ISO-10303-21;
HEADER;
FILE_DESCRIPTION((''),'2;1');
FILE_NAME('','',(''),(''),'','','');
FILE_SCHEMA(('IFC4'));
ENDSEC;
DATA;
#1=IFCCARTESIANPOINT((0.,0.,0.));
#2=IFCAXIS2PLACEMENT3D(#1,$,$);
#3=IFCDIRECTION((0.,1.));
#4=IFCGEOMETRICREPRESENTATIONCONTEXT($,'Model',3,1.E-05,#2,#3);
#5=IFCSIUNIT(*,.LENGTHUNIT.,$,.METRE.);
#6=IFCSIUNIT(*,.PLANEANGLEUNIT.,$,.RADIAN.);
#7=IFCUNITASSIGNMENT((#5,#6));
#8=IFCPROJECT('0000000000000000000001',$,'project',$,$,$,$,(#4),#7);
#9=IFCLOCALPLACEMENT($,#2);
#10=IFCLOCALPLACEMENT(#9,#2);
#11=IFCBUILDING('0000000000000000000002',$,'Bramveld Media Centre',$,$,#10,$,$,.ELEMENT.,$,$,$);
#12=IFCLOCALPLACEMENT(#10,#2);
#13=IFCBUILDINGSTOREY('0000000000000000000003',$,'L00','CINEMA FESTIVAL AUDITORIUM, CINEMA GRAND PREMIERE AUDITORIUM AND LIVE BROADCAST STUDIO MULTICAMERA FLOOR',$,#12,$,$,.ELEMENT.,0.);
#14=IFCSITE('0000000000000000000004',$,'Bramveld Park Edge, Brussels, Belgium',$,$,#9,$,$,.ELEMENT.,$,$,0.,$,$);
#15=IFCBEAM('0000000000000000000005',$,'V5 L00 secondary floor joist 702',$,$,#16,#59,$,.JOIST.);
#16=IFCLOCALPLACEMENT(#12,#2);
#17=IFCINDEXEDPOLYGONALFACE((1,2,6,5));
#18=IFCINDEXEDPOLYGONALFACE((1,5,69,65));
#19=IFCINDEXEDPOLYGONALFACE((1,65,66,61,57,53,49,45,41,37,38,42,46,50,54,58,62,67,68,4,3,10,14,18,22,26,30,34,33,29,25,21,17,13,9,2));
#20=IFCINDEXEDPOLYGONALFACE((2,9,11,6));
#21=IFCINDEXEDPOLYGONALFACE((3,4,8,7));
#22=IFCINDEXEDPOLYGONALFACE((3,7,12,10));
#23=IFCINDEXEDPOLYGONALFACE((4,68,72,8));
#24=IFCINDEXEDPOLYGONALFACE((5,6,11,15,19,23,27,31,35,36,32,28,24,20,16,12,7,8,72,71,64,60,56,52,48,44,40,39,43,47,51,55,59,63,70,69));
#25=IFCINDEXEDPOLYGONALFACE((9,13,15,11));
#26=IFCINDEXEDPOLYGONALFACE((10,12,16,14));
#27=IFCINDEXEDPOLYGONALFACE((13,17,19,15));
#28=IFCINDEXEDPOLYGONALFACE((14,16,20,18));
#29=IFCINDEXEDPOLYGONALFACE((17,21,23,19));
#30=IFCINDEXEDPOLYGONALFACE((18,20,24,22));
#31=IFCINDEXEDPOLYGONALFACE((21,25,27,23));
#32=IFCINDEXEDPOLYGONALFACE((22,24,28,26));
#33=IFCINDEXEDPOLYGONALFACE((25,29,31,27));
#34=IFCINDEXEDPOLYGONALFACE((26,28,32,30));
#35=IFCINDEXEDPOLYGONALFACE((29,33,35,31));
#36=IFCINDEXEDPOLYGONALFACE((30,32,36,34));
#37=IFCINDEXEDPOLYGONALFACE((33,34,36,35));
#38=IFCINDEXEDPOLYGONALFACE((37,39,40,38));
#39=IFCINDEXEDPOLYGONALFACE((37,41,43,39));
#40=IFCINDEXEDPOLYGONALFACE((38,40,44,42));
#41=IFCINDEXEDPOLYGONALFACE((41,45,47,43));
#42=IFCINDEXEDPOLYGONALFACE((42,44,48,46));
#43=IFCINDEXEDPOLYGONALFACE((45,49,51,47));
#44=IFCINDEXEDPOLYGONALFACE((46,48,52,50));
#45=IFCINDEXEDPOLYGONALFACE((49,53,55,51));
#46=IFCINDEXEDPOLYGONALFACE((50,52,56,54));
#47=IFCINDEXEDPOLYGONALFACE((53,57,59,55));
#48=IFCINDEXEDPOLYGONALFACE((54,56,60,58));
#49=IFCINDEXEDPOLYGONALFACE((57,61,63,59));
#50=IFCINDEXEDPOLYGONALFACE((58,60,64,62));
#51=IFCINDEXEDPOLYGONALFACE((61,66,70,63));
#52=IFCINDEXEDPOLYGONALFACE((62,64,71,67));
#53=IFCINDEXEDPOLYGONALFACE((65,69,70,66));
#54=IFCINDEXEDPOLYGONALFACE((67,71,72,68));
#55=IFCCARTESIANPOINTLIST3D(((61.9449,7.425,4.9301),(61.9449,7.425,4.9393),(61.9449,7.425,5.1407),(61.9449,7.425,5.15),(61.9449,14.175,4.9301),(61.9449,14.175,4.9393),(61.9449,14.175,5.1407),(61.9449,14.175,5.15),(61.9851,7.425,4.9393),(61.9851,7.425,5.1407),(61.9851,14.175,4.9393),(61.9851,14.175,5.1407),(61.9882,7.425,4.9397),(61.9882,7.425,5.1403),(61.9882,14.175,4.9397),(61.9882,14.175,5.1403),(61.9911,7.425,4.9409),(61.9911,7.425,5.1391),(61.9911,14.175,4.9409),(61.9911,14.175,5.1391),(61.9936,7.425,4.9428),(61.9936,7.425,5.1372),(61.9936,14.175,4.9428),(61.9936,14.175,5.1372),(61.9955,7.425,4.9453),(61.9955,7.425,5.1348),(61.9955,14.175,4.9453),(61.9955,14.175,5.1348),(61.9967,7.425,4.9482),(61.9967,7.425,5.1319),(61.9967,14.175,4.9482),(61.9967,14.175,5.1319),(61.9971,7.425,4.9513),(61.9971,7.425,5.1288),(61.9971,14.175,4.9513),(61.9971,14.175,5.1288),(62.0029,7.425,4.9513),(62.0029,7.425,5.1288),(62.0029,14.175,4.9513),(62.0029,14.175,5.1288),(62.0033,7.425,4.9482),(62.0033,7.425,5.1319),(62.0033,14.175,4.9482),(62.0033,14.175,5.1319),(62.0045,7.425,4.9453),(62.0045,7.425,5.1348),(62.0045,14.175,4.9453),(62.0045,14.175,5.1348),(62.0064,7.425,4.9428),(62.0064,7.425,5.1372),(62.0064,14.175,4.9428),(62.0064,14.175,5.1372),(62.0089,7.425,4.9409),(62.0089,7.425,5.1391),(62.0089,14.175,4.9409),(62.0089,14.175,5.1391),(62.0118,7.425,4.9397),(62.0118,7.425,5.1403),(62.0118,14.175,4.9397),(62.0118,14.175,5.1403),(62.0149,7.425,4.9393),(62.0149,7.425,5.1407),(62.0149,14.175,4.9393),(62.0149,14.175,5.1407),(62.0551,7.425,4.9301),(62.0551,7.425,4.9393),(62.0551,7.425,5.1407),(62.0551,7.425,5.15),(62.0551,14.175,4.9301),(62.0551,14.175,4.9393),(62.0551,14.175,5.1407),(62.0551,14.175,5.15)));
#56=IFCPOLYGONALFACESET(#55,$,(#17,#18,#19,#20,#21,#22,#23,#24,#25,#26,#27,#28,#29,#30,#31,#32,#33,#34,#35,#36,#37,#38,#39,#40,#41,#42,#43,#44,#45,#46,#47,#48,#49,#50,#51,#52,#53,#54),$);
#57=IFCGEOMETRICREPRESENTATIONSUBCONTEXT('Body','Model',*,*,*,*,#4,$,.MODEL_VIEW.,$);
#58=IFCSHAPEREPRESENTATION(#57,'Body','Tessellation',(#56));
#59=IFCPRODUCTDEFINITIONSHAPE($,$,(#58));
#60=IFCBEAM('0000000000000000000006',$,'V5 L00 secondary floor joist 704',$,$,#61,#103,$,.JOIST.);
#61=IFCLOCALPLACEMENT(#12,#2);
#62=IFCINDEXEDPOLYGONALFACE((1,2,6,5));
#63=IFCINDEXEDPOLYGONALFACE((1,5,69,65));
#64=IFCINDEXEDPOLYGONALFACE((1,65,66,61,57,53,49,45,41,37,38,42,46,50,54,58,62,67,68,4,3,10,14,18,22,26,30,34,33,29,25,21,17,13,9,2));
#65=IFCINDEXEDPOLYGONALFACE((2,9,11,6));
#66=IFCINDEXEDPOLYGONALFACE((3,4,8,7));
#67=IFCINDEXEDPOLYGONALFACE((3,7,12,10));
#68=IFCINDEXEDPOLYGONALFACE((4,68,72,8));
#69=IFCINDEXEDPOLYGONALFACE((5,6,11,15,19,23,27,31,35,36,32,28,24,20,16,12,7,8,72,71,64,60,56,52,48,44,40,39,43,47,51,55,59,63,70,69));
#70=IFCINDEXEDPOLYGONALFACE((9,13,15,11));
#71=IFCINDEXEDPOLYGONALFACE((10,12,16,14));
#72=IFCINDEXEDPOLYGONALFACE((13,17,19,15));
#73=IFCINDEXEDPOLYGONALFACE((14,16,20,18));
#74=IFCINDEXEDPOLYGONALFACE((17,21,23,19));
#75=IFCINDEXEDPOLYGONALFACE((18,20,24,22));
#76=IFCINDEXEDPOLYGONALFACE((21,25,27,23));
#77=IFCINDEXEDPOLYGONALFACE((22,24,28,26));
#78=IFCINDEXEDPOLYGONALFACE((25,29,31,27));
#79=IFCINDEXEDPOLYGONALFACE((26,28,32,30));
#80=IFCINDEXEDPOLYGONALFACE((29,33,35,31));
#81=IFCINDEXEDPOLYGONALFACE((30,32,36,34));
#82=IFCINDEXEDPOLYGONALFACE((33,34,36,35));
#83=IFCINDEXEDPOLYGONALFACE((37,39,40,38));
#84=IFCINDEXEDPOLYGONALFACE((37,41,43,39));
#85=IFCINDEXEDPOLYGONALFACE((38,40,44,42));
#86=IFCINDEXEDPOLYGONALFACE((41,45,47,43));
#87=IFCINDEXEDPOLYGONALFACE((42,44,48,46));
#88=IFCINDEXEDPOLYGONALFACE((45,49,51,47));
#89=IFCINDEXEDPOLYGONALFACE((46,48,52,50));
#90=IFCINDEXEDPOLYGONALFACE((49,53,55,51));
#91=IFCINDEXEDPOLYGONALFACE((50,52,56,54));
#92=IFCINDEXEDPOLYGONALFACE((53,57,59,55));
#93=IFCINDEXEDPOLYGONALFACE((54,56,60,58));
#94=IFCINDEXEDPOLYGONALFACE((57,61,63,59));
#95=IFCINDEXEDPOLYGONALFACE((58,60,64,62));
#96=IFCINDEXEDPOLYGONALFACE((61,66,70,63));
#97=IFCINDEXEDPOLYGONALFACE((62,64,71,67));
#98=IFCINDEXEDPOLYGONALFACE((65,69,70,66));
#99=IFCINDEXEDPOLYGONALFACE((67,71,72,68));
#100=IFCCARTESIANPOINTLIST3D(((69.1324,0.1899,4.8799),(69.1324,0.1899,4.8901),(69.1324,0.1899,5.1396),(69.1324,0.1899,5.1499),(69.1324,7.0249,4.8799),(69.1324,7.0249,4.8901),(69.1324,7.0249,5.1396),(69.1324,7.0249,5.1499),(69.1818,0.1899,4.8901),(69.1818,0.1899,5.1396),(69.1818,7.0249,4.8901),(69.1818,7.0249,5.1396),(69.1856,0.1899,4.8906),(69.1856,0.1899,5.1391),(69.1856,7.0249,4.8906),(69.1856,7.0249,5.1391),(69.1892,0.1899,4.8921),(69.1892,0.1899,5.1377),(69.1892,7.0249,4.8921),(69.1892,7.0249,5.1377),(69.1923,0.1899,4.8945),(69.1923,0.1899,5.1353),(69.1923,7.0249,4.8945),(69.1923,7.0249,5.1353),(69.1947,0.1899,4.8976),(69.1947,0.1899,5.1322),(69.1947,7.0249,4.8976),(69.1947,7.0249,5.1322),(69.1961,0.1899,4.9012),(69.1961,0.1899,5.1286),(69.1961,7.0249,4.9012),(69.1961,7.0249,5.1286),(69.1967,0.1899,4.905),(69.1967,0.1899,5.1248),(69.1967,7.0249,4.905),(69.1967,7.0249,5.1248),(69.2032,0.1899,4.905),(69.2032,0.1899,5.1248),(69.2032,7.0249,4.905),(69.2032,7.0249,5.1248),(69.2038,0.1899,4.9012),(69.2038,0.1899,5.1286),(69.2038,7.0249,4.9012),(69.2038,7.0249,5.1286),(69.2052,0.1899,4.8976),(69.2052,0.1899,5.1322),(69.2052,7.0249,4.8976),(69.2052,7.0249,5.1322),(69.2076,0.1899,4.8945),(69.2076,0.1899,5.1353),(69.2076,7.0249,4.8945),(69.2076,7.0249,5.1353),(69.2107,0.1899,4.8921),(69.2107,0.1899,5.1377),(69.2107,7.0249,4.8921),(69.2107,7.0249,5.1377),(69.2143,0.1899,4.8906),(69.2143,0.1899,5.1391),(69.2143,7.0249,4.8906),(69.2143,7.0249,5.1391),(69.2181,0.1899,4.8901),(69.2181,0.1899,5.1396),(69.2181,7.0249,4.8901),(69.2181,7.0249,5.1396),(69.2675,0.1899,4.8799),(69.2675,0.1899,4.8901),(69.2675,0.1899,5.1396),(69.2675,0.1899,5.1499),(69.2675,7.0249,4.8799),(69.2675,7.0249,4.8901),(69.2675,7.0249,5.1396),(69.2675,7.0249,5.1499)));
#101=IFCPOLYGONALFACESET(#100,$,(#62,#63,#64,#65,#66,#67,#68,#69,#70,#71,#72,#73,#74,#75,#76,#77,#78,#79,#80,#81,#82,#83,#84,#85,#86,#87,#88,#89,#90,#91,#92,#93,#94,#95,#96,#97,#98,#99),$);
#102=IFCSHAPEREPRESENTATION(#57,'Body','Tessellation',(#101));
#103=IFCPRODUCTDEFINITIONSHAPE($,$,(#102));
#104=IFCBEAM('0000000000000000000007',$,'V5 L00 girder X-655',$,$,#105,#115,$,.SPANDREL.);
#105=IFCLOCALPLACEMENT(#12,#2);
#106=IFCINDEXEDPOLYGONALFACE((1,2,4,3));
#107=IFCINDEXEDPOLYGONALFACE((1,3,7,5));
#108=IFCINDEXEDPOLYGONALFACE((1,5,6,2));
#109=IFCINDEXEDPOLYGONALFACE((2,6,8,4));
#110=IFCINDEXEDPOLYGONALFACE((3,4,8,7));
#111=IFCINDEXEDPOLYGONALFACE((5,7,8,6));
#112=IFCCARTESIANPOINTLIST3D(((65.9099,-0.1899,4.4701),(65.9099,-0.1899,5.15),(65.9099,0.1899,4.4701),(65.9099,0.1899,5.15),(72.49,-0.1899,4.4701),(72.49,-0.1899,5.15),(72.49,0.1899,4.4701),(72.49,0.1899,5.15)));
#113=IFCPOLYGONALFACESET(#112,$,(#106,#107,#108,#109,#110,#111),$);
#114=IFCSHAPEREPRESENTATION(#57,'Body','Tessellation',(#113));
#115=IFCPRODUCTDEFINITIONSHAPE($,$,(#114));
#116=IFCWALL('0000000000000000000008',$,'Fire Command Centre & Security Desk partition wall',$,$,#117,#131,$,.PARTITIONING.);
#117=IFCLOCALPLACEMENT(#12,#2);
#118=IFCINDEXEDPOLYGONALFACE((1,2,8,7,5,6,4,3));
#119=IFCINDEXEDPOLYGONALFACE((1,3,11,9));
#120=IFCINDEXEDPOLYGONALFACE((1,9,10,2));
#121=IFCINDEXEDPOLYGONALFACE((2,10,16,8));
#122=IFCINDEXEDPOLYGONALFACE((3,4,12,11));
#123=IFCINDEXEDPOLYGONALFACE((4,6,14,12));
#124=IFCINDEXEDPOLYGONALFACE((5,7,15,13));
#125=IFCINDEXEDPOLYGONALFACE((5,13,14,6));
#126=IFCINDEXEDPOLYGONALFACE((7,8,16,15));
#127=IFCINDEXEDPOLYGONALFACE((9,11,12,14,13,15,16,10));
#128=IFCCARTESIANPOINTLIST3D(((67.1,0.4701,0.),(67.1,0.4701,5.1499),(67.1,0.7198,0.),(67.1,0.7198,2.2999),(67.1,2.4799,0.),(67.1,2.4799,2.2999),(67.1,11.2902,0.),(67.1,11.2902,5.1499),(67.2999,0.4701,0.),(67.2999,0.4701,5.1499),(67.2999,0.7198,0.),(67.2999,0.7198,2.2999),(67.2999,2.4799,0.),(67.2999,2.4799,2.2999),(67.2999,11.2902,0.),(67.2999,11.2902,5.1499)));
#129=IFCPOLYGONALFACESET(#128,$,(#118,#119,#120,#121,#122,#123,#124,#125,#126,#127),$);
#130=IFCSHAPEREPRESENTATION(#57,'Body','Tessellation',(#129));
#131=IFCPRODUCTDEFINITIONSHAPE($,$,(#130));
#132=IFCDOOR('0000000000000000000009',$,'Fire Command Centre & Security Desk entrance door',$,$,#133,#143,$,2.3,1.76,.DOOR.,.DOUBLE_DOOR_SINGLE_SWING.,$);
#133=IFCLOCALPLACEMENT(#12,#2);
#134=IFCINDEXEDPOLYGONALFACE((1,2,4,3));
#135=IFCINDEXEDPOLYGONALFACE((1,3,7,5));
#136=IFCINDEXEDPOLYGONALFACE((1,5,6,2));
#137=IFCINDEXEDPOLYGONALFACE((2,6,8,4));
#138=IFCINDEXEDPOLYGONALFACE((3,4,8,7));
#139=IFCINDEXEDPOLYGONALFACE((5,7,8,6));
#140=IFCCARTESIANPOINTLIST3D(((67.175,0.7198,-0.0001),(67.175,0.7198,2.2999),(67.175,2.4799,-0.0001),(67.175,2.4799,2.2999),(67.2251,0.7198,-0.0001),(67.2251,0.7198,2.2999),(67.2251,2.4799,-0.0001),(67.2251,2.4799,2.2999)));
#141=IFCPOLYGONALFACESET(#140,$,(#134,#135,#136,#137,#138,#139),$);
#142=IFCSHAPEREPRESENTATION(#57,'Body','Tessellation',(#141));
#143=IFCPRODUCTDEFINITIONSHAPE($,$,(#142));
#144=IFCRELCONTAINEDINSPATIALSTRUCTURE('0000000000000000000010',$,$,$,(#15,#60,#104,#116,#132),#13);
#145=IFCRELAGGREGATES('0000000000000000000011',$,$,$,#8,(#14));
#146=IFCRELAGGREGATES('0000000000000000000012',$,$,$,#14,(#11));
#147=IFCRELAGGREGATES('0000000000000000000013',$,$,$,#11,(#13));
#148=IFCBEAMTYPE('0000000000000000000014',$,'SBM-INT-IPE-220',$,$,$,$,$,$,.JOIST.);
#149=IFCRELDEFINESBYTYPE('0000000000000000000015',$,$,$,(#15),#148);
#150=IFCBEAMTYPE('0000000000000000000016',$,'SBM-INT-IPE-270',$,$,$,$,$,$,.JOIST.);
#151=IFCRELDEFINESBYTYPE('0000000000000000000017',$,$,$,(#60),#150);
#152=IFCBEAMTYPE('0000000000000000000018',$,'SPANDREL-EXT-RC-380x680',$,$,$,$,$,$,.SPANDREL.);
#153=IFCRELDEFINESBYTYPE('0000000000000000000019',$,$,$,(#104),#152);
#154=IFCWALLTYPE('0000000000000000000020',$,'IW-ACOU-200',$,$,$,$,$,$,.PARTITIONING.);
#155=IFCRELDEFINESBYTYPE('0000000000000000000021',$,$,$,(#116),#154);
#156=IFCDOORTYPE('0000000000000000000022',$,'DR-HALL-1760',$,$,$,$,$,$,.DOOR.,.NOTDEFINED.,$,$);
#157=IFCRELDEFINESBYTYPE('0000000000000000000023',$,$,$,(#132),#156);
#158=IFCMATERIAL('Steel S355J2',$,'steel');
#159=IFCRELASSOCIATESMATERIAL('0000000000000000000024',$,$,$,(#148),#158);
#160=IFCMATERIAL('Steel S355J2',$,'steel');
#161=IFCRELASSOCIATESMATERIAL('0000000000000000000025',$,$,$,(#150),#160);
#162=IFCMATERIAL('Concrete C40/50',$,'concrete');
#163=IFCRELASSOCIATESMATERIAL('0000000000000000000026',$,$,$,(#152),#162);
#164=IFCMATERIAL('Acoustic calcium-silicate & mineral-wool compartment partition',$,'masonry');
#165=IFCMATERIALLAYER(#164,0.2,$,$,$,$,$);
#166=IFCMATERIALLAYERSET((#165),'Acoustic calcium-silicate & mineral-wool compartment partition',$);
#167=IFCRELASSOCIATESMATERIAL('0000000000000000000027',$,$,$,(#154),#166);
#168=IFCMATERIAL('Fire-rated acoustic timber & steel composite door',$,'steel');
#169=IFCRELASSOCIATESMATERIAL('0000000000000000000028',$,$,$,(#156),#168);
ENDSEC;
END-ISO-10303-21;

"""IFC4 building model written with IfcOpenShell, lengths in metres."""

from ifc_helpers import new_model, si_unit, direction, frame, frame_2d, origin, origin_2d, place, context, subcontext, project, spatial, rectangle, i_section, extrude, material, layer, layer_set, material_profile, profile_set, type_object, element, fill, save


model = new_model("IFC4")

# Units and contexts
model_context = context("Model", 3, precision=1e-05, world=origin(), true_north=direction((0.0, 1.0)))
body_context = subcontext(model_context, "Body", "Model", "MODEL_VIEW")
ifc_project = project(units=[si_unit("LENGTHUNIT", "METRE"), si_unit("PLANEANGLEUNIT", "RADIAN")], contexts=[model_context])

# Site, building, storey
site_placement = place(None, origin())
site = spatial("IfcSite", under=ifc_project, at=site_placement, Name="Bramveld Park Edge, Brussels, Belgium", CompositionType="ELEMENT", RefElevation=0.0)
building_placement = place(site_placement, origin())
building = spatial("IfcBuilding", under=site, at=building_placement, Name="Bramveld Media Centre", CompositionType="ELEMENT")
storey_placement = place(building_placement, origin())
storey = spatial("IfcBuildingStorey", under=building, at=storey_placement, Name="L00", Description="CINEMA FESTIVAL AUDITORIUM, CINEMA GRAND PREMIERE AUDITORIUM AND LIVE BROADCAST STUDIO MULTICAMERA FLOOR", CompositionType="ELEMENT", Elevation=0.0)

# Beams
ifc_material_1 = material(Name="Steel S355J2", Category="steel")
ifc_material_profile_1 = material_profile(ifc_material_1, i_section(OverallWidth=0.1101, OverallDepth=0.22, WebThickness=0.0059, FlangeThickness=0.0093, FilletRadius=0.012, at=origin_2d()), Name="IPE 220")
ifc_profile_set_1 = profile_set([ifc_material_profile_1], Name="Steel S355J2")
beam_type_1 = type_object("IfcBeamType", Name="SBM-INT-IPE-220", PredefinedType="JOIST", material=ifc_profile_set_1)
beam_1_placement = place(storey_placement, frame((62.0, 7.425, 5.04), z_axis=(0.0, 1.0, 0.0), x_axis=(-1.0, 0.0, 0.0)))
element("IfcBeam", 1, at=beam_1_placement, inside=storey, type_object=beam_type_1, Name="V5 L00 secondary floor joist 702", PredefinedType="JOIST", context=body_context, shape_type="SweptSolid", body=[
    extrude(i_section(OverallWidth=0.1101, OverallDepth=0.22, WebThickness=0.0059, FlangeThickness=0.0093, FilletRadius=0.012, at=origin_2d()), origin(), (0.0, 0.0, 1.0), 6.75),
])
ifc_material_2 = material(Name="Steel S355J2", Category="steel")
ifc_material_profile_2 = material_profile(ifc_material_2, i_section(OverallWidth=0.135, OverallDepth=0.27, WebThickness=0.0066, FlangeThickness=0.0103, FilletRadius=0.0149, at=origin_2d()), Name="IPE 270")
ifc_profile_set_2 = profile_set([ifc_material_profile_2], Name="Steel S355J2")
beam_type_2 = type_object("IfcBeamType", Name="SBM-INT-IPE-270", PredefinedType="JOIST", material=ifc_profile_set_2)
beam_2_placement = place(storey_placement, frame((69.2, 0.1899, 5.0149), z_axis=(0.0, 1.0, 0.0), x_axis=(-1.0, 0.0, 0.0)))
element("IfcBeam", 2, at=beam_2_placement, inside=storey, type_object=beam_type_2, Name="V5 L00 secondary floor joist 704", PredefinedType="JOIST", context=body_context, shape_type="SweptSolid", body=[
    extrude(i_section(OverallWidth=0.135, OverallDepth=0.27, WebThickness=0.0066, FlangeThickness=0.0103, FilletRadius=0.0149, at=origin_2d()), origin(), (0.0, 0.0, 1.0), 6.835),
])
ifc_material_3 = material(Name="Concrete C40/50", Category="concrete")
ifc_material_profile_3 = material_profile(ifc_material_3, rectangle(XDim=0.3799, YDim=0.6799, at=origin_2d()), Name="RC 380x680")
ifc_profile_set_3 = profile_set([ifc_material_profile_3], Name="Concrete C40/50")
beam_type_3 = type_object("IfcBeamType", Name="SPANDREL-EXT-RC-380x680", PredefinedType="SPANDREL", material=ifc_profile_set_3)
beam_3_placement = place(storey_placement, frame((65.9099, 0.0, 4.8101), z_axis=(1.0, 0.0, 0.0), x_axis=(0.0, 1.0, 0.0)))
element("IfcBeam", 3, at=beam_3_placement, inside=storey, type_object=beam_type_3, Name="V5 L00 girder X-655", PredefinedType="SPANDREL", context=body_context, shape_type="SweptSolid", body=[
    extrude(rectangle(XDim=0.3799, YDim=0.6799, at=origin_2d()), origin(), (0.0, 0.0, 1.0), 6.5801),
])

# Wall, opening, door
ifc_material_4 = material(Name="Acoustic calcium-silicate & mineral-wool compartment partition", Category="masonry")
ifc_layer = layer(ifc_material_4, 0.2)
ifc_layer_set = layer_set([ifc_layer], Name="Acoustic calcium-silicate & mineral-wool compartment partition")
wall_type = type_object("IfcWallType", Name="IW-ACOU-200", PredefinedType="PARTITIONING", material=ifc_layer_set)
wall_placement = place(storey_placement, frame((67.2, 0.47, 0.0), z_axis=(0.0, 0.0, 1.0), x_axis=(0.0, 1.0, 0.0)))
wall = element("IfcWall", 4, at=wall_placement, inside=storey, type_object=wall_type, Name="Fire Command Centre & Security Desk partition wall", PredefinedType="PARTITIONING", context=body_context, shape_type="SweptSolid", body=[
    extrude(rectangle(XDim=10.8201, YDim=0.2, at=frame_2d((5.4102, 0.0))), origin(), (0.0, 0.0, 1.0), 5.1499),
])
opening_placement = place(wall_placement, frame((0.25, 0.0, 0.0)))
opening = element("IfcOpeningElement", 5, at=opening_placement, cuts=wall, PredefinedType="OPENING", context=body_context, shape_type="SweptSolid", body=[
    extrude(rectangle(XDim=1.76, YDim=2.3, at=frame_2d((0.8799, 1.1499))), frame((0.0, 0.1118, 0.0), z_axis=(0.0, -1.0, 0.0), x_axis=(1.0, 0.0, 0.0)), (0.0, 0.0, 1.0), 0.2239),
])
ifc_material_5 = material(Name="Fire-rated acoustic timber & steel composite door", Category="steel")
door_type = type_object("IfcDoorType", Name="DR-HALL-1760", OperationType="NOTDEFINED", PredefinedType="DOOR", material=ifc_material_5)
door_placement = place(opening_placement, origin())
door = element("IfcDoor", 6, at=door_placement, inside=storey, type_object=door_type, Name="Fire Command Centre & Security Desk entrance door", OperationType="DOUBLE_DOOR_SINGLE_SWING", OverallHeight=2.3, OverallWidth=1.76, PredefinedType="DOOR", context=body_context, shape_type="SweptSolid", body=[
    extrude(rectangle(XDim=1.76, YDim=2.3, at=frame_2d((0.8799, 1.1499))), frame((0.0, 0.0249, 0.0), z_axis=(0.0, -1.0, 0.0), x_axis=(1.0, 0.0, 0.0)), (0.0, 0.0, 1.0), 0.05),
])
fill(opening, door)

save(model, "model.ifc")
